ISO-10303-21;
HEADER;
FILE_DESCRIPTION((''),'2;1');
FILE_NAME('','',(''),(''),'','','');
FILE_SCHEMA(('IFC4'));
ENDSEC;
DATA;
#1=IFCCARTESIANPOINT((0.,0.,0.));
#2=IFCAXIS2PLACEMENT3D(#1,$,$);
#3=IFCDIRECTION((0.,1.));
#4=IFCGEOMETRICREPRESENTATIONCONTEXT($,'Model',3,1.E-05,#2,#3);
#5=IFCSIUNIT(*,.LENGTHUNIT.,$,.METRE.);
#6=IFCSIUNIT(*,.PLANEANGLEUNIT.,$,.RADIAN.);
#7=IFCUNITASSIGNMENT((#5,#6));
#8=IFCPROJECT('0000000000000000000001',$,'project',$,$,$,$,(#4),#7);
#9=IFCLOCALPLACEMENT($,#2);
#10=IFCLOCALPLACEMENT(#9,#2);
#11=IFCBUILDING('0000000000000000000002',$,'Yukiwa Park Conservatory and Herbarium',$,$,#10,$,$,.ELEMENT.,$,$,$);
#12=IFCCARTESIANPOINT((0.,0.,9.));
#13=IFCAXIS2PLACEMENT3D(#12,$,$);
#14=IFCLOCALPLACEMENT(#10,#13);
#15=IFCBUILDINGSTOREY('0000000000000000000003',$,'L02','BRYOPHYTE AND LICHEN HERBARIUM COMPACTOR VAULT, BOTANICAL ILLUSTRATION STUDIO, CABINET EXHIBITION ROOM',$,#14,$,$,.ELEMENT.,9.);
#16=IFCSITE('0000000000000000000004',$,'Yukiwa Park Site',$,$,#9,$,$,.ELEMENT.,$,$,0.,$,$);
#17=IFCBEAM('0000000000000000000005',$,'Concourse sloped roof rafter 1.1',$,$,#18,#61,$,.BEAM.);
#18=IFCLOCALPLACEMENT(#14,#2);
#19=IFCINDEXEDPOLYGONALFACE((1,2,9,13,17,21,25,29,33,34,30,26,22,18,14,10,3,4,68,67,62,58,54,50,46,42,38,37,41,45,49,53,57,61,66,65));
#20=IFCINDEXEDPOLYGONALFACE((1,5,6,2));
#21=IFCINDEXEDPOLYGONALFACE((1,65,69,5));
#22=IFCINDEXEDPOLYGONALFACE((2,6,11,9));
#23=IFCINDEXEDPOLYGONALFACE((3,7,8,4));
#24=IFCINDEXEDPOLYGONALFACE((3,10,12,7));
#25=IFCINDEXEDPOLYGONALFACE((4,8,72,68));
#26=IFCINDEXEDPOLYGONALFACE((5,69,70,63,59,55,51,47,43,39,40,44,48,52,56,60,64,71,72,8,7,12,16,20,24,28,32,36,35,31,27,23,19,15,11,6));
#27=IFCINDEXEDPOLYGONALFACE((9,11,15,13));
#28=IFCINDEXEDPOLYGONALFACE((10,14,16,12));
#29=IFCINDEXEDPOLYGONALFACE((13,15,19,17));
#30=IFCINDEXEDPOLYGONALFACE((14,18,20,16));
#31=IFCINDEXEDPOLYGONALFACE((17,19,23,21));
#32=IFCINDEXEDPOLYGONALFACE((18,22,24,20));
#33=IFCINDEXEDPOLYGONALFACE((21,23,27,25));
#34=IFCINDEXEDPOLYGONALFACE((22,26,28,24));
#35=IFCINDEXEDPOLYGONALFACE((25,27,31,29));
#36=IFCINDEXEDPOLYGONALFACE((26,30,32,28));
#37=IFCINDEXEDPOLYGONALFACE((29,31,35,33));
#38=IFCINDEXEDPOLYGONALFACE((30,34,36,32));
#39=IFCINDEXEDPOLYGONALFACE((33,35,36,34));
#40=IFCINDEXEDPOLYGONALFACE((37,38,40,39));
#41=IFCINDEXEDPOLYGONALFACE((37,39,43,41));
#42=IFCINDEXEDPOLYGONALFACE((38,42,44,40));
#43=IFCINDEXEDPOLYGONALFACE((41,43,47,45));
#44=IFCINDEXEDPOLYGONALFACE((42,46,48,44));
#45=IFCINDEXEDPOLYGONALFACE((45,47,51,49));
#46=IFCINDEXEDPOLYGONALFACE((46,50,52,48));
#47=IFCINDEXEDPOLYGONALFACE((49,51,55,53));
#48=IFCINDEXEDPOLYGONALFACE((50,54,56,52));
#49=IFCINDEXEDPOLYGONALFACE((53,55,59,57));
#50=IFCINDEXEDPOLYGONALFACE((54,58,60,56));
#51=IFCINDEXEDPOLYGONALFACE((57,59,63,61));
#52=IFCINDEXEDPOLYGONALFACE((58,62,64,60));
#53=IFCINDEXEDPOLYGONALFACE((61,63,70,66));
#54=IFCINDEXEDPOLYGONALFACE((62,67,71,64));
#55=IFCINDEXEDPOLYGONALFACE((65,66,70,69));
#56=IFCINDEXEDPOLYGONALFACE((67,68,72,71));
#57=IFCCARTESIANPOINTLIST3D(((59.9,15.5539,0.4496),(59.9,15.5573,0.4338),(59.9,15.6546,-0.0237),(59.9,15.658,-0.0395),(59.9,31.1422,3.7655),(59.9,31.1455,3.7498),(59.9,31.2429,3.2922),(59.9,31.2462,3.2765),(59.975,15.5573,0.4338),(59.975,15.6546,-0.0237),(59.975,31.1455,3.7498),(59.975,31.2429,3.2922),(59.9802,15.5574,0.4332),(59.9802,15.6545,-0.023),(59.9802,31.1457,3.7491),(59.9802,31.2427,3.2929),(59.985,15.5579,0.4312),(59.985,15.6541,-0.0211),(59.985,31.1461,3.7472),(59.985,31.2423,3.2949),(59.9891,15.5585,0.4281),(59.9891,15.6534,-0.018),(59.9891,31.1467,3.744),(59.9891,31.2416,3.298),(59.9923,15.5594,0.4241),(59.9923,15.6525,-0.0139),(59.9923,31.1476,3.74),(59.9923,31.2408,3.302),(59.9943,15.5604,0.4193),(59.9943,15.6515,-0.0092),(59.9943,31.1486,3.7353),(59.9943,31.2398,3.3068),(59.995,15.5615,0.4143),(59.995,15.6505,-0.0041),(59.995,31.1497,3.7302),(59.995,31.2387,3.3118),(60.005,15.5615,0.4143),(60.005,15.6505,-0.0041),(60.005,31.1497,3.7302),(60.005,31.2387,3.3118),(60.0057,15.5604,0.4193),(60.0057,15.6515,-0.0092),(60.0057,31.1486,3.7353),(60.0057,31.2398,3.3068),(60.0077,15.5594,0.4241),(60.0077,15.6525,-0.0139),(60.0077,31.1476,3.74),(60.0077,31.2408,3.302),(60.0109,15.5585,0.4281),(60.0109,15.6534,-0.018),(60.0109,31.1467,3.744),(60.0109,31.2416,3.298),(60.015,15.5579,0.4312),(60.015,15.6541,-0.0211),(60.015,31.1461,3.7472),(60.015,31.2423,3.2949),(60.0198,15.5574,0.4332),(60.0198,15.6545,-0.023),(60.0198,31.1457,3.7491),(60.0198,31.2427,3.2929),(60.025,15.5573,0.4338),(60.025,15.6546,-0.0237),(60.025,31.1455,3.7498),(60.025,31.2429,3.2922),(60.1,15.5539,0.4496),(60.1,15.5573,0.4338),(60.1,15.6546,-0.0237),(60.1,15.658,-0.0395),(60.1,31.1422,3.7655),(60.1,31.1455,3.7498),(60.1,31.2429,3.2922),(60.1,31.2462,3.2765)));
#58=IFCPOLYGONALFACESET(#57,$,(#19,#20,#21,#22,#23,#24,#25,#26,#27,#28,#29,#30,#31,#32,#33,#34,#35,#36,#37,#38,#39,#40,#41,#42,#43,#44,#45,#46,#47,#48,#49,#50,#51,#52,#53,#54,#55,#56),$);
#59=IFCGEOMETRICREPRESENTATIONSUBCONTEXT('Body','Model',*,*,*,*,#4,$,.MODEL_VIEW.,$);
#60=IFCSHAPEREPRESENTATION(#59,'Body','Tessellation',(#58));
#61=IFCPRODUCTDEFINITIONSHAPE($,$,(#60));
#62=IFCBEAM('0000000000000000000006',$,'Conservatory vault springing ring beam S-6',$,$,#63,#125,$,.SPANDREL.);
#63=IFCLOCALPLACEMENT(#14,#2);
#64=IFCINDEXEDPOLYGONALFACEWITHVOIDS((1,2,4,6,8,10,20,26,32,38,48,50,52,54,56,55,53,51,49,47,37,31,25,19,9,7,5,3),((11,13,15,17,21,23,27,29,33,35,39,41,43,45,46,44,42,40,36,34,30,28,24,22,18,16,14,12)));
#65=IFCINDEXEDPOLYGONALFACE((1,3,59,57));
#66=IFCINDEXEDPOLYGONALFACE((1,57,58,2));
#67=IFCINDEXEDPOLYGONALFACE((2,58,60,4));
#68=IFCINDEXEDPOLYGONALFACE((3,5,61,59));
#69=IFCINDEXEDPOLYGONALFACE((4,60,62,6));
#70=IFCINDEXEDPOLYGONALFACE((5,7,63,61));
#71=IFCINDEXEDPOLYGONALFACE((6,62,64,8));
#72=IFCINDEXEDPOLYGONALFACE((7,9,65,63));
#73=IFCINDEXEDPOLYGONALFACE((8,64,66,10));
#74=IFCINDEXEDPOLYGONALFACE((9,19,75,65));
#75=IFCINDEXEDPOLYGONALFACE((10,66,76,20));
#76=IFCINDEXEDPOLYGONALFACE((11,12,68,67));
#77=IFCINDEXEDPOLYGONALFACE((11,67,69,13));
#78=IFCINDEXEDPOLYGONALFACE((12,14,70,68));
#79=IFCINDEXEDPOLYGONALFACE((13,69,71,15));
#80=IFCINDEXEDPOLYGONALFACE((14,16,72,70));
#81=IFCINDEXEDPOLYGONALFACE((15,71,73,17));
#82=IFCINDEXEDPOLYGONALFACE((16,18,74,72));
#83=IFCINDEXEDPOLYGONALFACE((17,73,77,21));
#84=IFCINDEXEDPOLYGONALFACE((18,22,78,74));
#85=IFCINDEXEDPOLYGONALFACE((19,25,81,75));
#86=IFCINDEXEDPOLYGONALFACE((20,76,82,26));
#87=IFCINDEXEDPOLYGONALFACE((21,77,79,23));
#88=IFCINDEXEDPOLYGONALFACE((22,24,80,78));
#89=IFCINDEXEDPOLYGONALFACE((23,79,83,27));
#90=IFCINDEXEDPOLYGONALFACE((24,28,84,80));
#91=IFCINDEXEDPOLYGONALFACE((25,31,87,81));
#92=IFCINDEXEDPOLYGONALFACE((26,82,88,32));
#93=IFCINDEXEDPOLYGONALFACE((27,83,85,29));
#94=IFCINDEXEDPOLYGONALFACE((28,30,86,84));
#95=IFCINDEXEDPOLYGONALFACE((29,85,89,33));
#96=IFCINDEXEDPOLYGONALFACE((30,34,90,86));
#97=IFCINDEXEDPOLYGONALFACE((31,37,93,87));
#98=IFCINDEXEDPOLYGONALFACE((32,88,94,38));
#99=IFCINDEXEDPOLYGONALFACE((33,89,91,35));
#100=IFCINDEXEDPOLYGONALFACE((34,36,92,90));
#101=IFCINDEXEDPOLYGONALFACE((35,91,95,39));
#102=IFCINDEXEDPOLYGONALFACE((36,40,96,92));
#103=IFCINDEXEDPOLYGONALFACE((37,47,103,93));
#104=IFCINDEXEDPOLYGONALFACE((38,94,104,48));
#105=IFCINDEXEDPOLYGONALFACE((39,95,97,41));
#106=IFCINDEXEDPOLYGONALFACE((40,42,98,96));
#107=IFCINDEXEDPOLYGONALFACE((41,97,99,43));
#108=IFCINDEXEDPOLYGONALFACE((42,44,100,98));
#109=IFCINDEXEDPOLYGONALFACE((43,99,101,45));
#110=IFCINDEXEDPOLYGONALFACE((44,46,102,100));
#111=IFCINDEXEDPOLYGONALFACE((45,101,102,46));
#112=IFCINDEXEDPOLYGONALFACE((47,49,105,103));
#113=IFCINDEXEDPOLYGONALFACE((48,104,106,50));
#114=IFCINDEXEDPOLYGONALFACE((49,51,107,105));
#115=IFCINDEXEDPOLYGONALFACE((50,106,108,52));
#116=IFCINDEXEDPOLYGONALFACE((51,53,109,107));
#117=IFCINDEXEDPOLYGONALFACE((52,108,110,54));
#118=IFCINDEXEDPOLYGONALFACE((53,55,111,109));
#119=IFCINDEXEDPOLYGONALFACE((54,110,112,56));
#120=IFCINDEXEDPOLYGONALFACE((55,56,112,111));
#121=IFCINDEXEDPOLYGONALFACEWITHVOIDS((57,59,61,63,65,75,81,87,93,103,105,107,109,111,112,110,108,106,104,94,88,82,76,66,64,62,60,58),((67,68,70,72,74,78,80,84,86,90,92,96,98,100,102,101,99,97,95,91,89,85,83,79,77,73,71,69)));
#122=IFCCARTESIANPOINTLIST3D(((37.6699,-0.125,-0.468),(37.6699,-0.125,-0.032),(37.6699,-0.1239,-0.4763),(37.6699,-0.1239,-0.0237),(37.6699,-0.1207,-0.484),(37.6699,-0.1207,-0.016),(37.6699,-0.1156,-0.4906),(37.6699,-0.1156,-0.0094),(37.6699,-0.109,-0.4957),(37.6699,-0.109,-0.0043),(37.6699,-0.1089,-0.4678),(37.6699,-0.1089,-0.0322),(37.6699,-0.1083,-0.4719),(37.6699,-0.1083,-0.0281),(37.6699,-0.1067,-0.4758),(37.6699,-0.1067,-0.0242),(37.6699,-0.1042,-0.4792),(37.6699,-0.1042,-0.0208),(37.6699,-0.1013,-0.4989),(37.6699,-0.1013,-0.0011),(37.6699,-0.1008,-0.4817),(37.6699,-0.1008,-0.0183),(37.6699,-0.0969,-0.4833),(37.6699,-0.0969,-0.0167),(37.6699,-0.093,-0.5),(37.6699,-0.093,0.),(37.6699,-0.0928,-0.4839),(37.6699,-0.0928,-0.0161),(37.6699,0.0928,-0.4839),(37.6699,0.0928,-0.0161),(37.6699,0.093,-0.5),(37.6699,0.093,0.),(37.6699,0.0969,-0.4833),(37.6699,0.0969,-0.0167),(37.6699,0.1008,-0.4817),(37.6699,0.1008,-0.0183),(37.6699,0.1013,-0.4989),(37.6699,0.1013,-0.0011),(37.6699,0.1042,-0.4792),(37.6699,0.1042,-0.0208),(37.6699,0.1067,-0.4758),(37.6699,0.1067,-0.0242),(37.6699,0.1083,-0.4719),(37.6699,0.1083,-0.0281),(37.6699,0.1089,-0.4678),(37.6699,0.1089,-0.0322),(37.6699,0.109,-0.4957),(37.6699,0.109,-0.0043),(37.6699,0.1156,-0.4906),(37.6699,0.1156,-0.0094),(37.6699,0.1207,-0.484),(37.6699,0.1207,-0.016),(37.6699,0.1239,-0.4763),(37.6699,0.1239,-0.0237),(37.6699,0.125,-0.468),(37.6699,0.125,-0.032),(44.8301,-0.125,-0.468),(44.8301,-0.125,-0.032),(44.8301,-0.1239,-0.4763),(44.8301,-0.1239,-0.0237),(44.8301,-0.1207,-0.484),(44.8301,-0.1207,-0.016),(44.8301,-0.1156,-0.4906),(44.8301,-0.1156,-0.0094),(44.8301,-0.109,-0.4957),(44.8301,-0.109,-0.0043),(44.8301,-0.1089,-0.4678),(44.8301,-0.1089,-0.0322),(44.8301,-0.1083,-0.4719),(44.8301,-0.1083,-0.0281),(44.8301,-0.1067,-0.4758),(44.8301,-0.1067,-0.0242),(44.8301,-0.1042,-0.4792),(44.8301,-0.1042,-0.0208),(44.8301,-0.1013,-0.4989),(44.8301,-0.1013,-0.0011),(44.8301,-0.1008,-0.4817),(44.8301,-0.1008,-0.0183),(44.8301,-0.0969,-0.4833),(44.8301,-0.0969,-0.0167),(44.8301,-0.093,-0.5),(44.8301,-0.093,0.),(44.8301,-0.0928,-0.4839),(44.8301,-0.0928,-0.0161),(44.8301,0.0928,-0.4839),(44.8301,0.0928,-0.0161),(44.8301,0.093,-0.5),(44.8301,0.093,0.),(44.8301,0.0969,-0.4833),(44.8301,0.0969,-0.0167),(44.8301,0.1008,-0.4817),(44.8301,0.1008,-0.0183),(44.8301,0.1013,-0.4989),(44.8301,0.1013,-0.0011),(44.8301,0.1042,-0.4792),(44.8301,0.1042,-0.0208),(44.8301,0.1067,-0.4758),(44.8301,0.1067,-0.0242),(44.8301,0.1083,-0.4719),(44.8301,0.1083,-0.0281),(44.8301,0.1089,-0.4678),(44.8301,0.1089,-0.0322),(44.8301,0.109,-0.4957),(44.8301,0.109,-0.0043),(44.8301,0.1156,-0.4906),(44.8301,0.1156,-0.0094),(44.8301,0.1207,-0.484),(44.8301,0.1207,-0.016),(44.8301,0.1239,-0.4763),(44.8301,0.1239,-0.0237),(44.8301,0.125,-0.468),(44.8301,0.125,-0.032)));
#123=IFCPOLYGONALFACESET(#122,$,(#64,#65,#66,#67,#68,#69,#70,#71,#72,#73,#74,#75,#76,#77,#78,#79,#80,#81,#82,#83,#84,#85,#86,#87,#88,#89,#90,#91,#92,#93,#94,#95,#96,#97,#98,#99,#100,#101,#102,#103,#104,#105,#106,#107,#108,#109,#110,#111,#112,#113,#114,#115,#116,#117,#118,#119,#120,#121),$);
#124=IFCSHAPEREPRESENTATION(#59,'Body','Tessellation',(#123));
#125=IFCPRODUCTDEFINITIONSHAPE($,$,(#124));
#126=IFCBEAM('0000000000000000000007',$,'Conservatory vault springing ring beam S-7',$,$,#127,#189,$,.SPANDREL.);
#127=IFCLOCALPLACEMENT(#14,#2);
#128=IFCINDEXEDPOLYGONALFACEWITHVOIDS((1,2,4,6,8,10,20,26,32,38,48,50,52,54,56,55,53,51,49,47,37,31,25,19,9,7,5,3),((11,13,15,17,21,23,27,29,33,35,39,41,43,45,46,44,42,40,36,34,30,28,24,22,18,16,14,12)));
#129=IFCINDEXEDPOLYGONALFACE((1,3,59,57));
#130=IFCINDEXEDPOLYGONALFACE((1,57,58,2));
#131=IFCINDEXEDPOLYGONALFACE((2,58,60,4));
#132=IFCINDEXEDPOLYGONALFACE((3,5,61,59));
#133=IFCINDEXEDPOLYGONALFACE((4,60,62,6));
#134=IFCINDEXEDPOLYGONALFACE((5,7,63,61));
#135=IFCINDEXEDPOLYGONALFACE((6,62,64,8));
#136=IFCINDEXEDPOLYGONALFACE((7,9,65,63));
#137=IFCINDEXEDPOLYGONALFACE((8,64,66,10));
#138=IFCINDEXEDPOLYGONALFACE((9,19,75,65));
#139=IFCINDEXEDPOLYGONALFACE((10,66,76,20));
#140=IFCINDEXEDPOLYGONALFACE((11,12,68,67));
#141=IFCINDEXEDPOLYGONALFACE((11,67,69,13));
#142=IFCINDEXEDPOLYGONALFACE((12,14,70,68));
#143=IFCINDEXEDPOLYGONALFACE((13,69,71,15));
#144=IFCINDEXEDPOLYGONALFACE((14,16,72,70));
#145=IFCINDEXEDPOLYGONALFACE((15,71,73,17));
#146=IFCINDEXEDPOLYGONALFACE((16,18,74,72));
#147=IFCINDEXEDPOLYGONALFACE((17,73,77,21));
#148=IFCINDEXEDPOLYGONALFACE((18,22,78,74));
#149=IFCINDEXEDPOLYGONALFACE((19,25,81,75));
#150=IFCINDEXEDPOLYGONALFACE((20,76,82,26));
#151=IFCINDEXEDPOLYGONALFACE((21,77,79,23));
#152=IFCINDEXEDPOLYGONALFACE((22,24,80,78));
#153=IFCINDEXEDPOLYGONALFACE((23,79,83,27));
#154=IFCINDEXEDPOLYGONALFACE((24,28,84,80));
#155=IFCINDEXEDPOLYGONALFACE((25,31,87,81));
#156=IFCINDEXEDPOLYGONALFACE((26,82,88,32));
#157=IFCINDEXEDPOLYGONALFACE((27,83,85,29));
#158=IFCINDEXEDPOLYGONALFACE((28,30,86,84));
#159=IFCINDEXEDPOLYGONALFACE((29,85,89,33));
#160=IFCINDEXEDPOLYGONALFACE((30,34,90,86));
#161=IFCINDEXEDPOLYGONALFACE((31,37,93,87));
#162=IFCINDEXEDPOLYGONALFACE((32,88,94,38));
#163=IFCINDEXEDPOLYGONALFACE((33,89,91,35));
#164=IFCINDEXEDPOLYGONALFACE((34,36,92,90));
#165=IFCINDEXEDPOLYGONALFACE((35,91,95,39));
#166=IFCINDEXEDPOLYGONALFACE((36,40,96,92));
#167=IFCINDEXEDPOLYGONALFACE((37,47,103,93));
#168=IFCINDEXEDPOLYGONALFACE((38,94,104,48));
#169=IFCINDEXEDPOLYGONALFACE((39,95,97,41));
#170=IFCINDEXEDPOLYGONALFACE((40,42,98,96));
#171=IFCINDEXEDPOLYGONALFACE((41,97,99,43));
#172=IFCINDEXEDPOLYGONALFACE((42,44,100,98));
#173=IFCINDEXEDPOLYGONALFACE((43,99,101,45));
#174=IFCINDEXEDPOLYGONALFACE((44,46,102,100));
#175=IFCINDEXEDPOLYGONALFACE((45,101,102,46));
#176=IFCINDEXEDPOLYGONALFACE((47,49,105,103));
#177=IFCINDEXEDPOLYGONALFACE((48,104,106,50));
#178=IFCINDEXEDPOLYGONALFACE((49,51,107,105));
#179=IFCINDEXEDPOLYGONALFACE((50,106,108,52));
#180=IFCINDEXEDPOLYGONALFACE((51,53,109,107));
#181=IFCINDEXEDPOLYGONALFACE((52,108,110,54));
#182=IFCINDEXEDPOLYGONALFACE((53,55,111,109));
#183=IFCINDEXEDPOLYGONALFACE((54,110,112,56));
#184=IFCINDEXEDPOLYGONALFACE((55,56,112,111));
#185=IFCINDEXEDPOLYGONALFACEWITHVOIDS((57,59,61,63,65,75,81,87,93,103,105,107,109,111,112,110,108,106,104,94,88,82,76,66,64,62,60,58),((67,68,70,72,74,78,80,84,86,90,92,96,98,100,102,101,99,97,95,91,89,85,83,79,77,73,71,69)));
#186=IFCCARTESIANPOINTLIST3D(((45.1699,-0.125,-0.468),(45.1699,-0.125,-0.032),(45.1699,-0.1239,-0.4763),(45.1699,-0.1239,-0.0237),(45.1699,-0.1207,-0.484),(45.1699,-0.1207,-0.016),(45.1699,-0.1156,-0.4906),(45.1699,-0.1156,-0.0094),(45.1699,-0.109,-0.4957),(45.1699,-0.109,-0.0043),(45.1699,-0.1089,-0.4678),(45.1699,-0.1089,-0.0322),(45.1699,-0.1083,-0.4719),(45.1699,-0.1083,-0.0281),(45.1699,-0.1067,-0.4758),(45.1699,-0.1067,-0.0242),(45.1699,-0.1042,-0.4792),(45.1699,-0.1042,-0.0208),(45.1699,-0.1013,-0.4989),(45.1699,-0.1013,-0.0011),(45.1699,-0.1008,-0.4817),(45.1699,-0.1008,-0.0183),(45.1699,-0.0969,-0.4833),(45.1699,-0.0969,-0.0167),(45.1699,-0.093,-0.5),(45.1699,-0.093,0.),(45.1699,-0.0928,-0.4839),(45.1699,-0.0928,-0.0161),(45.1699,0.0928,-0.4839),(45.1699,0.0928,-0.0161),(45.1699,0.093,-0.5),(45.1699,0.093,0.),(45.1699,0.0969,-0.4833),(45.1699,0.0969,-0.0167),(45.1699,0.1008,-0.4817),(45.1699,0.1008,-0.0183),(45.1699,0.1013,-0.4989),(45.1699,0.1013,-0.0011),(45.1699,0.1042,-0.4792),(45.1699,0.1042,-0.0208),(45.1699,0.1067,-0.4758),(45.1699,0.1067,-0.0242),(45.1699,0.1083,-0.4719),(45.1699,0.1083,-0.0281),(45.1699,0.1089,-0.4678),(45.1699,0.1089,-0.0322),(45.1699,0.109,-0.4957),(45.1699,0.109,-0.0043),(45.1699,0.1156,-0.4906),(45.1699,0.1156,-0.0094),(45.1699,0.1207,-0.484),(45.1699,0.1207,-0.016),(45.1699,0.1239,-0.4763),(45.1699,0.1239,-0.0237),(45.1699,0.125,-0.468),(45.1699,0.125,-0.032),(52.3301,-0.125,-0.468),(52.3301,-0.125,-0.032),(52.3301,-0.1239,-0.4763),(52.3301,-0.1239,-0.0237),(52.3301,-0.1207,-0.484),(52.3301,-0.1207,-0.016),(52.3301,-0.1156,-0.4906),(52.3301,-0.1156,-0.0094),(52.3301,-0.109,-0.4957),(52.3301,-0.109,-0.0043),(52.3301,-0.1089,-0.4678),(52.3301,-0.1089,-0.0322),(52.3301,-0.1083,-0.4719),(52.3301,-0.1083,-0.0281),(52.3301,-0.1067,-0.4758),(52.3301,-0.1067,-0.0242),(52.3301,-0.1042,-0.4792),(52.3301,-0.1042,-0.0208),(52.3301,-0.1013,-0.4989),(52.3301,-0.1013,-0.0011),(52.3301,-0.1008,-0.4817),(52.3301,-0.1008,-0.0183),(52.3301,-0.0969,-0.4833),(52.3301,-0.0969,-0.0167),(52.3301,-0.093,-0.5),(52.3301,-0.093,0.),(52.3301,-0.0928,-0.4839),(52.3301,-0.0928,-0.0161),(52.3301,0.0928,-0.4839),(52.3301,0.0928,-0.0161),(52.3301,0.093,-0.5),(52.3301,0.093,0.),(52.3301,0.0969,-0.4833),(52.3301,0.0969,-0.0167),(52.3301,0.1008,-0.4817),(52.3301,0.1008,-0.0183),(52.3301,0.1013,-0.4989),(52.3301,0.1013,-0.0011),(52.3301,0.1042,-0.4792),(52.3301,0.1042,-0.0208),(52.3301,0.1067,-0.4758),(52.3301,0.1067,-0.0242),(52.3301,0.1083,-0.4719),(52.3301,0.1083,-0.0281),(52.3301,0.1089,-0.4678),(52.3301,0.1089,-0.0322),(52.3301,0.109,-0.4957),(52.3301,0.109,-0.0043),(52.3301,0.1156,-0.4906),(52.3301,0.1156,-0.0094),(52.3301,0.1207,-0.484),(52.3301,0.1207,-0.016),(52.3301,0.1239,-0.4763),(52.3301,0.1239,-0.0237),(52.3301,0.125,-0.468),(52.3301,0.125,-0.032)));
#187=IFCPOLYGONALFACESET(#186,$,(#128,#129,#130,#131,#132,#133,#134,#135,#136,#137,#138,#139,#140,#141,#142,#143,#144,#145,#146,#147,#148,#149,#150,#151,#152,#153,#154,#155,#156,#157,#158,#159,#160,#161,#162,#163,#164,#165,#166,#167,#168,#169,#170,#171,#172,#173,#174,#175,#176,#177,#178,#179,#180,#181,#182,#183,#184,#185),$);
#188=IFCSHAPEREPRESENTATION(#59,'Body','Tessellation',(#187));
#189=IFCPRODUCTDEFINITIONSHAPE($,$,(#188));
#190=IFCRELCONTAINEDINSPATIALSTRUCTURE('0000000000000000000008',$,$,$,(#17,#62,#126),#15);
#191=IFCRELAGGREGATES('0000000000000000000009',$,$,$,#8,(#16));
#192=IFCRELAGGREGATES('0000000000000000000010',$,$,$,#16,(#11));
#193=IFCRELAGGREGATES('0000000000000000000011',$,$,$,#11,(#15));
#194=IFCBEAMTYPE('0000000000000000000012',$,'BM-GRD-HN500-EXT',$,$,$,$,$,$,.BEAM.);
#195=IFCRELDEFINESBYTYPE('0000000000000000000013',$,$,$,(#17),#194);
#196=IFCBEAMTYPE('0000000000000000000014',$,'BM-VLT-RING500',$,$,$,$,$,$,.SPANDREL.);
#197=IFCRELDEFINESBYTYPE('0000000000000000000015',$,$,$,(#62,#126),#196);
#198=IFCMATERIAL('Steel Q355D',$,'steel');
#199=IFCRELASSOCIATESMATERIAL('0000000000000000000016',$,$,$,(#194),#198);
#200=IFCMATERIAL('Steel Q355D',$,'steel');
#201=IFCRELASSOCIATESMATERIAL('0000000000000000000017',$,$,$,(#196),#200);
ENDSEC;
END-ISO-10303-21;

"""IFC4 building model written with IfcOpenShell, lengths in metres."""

from ifc_helpers import new_model, si_unit, direction, frame, origin, origin_2d, place, context, subcontext, project, spatial, hollow_rectangle, i_section, extrude, material, material_profile, profile_set, type_object, element, save


model = new_model("IFC4")

# Units and contexts
model_context = context("Model", 3, precision=1e-05, world=origin(), true_north=direction((0.0, 1.0)))
body_context = subcontext(model_context, "Body", "Model", "MODEL_VIEW")
ifc_project = project(units=[si_unit("LENGTHUNIT", "METRE"), si_unit("PLANEANGLEUNIT", "RADIAN")], contexts=[model_context])

# Site, building, storey
site_placement = place(None, origin())
site = spatial("IfcSite", under=ifc_project, at=site_placement, Name="Yukiwa Park Site", CompositionType="ELEMENT", RefElevation=0.0)
building_placement = place(site_placement, origin())
building = spatial("IfcBuilding", under=site, at=building_placement, Name="Yukiwa Park Conservatory and Herbarium", CompositionType="ELEMENT")
storey_placement = place(building_placement, frame((0.0, 0.0, 9.0)))
storey = spatial("IfcBuildingStorey", under=building, at=storey_placement, Name="L02", Description="BRYOPHYTE AND LICHEN HERBARIUM COMPACTOR VAULT, BOTANICAL ILLUSTRATION STUDIO, CABINET EXHIBITION ROOM", CompositionType="ELEMENT", Elevation=9.0)

# Beams
ifc_material_1 = material(Name="Steel Q355D", Category="steel")
ifc_material_profile_1 = material_profile(ifc_material_1, i_section(OverallWidth=0.2, OverallDepth=0.5, WebThickness=0.01, FlangeThickness=0.0161, FilletRadius=0.02, at=origin_2d()), Name="HN 500x200x10x16")
ifc_profile_set_1 = profile_set([ifc_material_profile_1], Name="Steel Q355D")
beam_type_1 = type_object("IfcBeamType", Name="BM-GRD-HN500-EXT", PredefinedType="BEAM", material=ifc_profile_set_1)
beam_1_placement = place(storey_placement, frame((60.0, 15.606, 0.2051), z_axis=(0.0, 0.978115, 0.208065), x_axis=(-1.0, 0.0, 0.0)))
element("IfcBeam", 1, at=beam_1_placement, inside=storey, type_object=beam_type_1, Name="Concourse sloped roof rafter 1.1", PredefinedType="BEAM", context=body_context, shape_type="SweptSolid", body=[
    extrude(i_section(OverallWidth=0.2, OverallDepth=0.5, WebThickness=0.01, FlangeThickness=0.0161, FilletRadius=0.02, at=origin_2d()), origin(), (0.0, 0.0, 1.0), 15.937),
])
ifc_material_2 = material(Name="Steel Q355D", Category="steel")
ifc_material_profile_2 = material_profile(ifc_material_2, hollow_rectangle(XDim=0.25, YDim=0.5, WallThickness=0.0161, InnerFilletRadius=0.0161, OuterFilletRadius=0.032, at=origin_2d()), Name="RHS 500x250x16")
ifc_profile_set_2 = profile_set([ifc_material_profile_2], Name="Steel Q355D")
beam_type_2 = type_object("IfcBeamType", Name="BM-VLT-RING500", PredefinedType="SPANDREL", material=ifc_profile_set_2)
for number, where, z_axis, x_axis, name in (
    (2, (37.6699, 0.0, -0.25), (1.0, 0.0, 0.0), (0.0, 1.0, 0.0), "Conservatory vault springing ring beam S-6"),
    (3, (45.1699, 0.0, -0.25), (1.0, 0.0, 0.0), (0.0, 1.0, 0.0), "Conservatory vault springing ring beam S-7"),
):
    element("IfcBeam", number, at=place(storey_placement, frame(where, z_axis=z_axis, x_axis=x_axis)), inside=storey, type_object=beam_type_2, Name=name, PredefinedType="SPANDREL", context=body_context, shape_type="SweptSolid", body=[
        extrude(hollow_rectangle(XDim=0.25, YDim=0.5, WallThickness=0.0161, InnerFilletRadius=0.0161, OuterFilletRadius=0.032, at=origin_2d()), origin(), (0.0, 0.0, 1.0), 7.1602),
    ])

save(model, "model.ifc")
